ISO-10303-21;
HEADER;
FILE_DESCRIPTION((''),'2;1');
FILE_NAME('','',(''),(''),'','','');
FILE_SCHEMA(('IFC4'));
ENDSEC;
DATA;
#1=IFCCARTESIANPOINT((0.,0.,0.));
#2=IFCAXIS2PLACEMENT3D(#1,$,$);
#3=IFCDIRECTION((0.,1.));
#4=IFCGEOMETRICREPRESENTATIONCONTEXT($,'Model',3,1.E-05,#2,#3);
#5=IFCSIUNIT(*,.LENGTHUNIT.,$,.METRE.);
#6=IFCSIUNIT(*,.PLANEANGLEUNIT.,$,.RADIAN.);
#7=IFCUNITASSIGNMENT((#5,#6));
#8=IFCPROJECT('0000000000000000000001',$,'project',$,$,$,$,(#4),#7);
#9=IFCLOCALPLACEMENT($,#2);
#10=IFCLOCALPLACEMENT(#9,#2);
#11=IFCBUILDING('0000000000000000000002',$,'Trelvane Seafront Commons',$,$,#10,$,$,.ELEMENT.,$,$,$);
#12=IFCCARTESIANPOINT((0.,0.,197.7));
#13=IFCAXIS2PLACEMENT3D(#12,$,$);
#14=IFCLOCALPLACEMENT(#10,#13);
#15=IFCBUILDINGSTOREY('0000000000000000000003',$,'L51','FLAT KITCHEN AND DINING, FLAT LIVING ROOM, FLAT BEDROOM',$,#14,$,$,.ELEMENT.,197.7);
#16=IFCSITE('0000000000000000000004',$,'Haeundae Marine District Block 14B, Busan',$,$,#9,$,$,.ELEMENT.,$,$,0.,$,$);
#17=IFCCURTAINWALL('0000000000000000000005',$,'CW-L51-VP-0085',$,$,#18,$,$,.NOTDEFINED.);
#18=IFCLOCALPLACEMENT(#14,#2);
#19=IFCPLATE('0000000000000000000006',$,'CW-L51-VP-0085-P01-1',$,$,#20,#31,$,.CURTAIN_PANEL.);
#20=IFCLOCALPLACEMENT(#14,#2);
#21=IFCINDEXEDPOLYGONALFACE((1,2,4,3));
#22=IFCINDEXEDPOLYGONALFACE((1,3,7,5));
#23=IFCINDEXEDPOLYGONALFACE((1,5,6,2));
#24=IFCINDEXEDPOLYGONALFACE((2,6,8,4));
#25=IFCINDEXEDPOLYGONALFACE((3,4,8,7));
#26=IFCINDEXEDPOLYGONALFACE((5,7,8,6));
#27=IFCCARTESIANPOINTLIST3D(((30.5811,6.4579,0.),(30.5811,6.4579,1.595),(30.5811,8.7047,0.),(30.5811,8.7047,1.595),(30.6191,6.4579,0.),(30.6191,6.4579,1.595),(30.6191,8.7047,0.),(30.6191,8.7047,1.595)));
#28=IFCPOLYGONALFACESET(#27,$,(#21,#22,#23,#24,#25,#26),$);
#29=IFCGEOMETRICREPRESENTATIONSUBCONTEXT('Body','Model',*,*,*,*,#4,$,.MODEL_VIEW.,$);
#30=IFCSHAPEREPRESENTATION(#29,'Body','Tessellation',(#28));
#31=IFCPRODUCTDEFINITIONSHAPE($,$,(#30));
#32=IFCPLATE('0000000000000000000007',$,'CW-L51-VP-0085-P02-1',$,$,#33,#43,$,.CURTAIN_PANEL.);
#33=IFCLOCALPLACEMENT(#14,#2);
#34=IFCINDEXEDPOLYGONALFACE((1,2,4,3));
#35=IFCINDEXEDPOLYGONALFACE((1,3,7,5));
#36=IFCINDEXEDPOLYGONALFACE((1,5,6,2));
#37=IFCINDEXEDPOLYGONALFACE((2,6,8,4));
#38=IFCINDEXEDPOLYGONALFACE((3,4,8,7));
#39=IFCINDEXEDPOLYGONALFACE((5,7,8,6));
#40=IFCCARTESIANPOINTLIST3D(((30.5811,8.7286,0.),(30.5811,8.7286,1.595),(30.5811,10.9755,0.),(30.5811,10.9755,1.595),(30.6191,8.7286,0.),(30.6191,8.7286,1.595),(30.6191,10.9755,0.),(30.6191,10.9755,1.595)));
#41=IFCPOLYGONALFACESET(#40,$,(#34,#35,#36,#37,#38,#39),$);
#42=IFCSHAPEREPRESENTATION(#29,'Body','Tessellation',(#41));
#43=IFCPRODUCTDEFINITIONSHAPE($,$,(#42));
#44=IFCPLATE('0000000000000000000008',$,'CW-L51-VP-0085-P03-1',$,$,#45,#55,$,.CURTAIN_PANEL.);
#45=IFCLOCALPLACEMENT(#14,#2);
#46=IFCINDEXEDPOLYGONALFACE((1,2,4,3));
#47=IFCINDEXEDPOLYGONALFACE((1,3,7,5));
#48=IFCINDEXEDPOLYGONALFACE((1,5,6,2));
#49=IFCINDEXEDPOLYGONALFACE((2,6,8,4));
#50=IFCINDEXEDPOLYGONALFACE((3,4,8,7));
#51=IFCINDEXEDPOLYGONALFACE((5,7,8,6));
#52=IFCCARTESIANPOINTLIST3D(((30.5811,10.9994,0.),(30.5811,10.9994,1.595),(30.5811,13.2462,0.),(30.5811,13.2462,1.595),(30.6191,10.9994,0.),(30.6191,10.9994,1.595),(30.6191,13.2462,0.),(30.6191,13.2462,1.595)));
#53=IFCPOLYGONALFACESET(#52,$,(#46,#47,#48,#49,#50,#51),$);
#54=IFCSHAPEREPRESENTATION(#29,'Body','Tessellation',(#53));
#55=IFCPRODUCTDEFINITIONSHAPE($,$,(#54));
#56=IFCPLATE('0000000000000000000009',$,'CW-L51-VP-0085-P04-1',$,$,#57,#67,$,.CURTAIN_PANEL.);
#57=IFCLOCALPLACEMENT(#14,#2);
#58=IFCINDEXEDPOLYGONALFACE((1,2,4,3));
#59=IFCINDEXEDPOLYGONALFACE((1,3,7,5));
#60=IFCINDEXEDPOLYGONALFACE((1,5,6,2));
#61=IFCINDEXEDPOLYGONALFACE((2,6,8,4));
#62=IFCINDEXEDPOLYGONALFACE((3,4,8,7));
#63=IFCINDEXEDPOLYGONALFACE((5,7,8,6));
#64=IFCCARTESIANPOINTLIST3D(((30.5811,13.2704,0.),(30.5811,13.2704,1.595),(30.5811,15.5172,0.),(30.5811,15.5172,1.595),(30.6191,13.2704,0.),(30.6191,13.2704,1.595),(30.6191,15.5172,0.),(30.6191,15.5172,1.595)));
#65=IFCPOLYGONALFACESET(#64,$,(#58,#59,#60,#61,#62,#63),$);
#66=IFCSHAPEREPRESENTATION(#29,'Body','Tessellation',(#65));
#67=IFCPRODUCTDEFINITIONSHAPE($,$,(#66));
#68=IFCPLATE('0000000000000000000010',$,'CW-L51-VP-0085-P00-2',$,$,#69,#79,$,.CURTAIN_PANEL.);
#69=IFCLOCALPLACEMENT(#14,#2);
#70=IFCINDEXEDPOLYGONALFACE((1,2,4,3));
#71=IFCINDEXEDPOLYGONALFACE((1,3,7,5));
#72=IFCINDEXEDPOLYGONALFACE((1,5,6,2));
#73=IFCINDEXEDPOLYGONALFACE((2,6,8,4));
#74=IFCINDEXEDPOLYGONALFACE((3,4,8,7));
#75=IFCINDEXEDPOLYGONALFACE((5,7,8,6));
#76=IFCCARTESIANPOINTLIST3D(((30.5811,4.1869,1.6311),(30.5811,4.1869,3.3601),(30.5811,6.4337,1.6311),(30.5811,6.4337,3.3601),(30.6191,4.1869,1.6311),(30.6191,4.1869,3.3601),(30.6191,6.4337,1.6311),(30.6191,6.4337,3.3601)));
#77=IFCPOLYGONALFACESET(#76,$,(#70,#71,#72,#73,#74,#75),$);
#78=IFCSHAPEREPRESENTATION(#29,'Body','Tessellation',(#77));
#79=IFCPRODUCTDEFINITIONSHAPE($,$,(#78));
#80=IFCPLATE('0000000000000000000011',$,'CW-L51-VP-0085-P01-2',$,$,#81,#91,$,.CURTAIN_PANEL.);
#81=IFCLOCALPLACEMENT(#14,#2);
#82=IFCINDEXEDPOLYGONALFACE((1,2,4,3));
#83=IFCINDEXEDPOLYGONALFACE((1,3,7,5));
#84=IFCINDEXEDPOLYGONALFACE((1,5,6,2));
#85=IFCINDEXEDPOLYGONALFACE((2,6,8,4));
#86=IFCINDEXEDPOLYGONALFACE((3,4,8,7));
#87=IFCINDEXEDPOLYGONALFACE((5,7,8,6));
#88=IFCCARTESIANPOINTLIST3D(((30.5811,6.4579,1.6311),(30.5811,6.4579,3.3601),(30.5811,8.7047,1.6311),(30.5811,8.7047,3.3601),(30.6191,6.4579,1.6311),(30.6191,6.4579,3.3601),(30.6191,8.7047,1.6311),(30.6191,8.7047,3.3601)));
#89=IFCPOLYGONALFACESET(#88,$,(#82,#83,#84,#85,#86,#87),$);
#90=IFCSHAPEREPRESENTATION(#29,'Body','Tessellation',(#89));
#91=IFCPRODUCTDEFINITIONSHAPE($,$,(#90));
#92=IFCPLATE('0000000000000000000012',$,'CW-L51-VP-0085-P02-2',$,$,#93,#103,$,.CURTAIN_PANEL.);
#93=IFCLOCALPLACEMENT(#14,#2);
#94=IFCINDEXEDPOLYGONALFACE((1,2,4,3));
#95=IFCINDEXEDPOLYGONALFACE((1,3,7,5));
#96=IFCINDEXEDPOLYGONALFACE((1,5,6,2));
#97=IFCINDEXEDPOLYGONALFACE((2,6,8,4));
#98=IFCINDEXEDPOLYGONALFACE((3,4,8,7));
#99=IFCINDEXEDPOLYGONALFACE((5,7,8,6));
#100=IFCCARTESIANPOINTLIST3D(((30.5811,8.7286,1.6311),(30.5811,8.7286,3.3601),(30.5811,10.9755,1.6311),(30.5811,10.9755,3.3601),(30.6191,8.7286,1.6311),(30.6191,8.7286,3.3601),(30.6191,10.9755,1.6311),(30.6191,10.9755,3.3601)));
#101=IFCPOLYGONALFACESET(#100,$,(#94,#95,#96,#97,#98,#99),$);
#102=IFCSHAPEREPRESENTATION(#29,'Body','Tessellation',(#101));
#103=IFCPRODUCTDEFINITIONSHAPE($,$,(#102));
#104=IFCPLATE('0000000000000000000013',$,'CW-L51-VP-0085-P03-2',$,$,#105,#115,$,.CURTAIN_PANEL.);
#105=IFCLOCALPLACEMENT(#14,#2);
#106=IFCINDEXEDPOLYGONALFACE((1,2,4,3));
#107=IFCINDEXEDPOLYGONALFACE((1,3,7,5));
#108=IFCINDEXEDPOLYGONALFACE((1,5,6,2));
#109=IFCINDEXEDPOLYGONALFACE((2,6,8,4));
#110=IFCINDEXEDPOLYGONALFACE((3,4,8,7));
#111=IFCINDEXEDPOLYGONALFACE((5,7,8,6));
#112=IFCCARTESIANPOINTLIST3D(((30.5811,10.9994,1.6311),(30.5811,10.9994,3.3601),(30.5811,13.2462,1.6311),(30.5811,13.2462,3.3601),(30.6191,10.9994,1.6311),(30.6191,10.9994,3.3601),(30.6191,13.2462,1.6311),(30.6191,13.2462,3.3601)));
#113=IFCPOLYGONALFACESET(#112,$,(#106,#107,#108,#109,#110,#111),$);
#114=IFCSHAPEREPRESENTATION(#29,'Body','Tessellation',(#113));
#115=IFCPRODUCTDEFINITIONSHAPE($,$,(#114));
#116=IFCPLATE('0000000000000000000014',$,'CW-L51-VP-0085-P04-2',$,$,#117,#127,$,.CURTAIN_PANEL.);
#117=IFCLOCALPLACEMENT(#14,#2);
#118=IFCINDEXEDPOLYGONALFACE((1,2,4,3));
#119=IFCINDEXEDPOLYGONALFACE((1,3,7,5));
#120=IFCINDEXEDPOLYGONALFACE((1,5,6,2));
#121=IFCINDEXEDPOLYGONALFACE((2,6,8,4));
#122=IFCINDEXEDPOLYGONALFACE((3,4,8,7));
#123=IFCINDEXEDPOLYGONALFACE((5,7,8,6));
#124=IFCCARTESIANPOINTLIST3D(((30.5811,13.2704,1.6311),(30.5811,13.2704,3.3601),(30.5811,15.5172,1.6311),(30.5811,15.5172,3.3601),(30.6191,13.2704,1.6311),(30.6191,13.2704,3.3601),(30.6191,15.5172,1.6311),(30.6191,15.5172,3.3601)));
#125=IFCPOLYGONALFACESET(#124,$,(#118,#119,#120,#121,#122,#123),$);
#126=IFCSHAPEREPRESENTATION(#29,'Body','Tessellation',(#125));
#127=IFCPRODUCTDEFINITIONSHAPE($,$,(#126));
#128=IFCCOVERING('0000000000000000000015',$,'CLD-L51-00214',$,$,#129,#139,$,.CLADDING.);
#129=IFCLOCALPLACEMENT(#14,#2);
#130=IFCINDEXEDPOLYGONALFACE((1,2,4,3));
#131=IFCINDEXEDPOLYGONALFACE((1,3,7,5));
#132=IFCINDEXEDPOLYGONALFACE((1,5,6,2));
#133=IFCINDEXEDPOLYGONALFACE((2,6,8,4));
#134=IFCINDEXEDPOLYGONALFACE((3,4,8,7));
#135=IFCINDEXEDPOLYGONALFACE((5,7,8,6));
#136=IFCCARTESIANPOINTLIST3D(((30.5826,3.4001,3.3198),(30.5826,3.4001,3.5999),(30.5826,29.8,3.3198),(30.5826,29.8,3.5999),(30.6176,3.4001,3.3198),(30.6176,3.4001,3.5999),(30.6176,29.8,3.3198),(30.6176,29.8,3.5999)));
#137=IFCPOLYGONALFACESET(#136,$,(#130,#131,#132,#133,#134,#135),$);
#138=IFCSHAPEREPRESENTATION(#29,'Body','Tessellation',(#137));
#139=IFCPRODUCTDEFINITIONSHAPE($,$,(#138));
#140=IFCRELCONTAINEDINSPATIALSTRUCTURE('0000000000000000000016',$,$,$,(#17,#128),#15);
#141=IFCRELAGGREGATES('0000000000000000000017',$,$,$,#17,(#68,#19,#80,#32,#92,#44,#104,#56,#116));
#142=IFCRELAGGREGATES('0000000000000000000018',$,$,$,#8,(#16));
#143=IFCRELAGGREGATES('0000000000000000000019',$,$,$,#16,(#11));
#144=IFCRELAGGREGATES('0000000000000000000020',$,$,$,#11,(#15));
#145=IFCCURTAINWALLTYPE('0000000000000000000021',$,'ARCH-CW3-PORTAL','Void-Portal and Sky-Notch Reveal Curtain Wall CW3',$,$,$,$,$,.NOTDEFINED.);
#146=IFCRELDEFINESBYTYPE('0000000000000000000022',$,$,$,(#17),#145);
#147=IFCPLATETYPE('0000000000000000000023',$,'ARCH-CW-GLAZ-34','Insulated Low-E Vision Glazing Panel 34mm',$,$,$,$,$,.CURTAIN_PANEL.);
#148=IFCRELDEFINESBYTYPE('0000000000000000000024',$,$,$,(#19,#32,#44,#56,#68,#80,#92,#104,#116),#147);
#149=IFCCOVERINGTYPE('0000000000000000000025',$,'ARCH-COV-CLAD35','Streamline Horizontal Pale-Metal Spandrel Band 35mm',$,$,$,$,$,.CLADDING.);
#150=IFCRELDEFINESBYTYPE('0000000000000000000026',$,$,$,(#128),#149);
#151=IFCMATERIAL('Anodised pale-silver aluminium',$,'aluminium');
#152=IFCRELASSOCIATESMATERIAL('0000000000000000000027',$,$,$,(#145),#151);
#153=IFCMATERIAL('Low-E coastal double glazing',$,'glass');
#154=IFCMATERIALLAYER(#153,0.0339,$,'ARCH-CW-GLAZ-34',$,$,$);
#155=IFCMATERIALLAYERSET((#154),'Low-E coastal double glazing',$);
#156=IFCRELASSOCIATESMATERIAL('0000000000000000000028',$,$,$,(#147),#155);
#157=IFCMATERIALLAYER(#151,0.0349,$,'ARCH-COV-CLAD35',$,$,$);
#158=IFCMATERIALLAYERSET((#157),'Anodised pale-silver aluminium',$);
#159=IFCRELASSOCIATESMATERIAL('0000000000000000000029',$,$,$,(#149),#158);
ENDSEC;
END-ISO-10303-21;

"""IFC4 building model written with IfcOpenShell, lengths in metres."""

from ifc_helpers import new_model, si_unit, direction, frame, origin, origin_2d, place, context, subcontext, project, spatial, rectangle, extrude, source, transform, mapped, material, layer, layer_set, type_object, element, aggregate, save


model = new_model("IFC4")

# Units and contexts
model_context = context("Model", 3, precision=1e-05, world=origin(), true_north=direction((0.0, 1.0)))
body_context = subcontext(model_context, "Body", "Model", "MODEL_VIEW")
ifc_project = project(units=[si_unit("LENGTHUNIT", "METRE"), si_unit("PLANEANGLEUNIT", "RADIAN")], contexts=[model_context])

# Site, building, storey
site_placement = place(None, origin())
site = spatial("IfcSite", under=ifc_project, at=site_placement, Name="Haeundae Marine District Block 14B, Busan", CompositionType="ELEMENT", RefElevation=0.0)
building_placement = place(site_placement, origin())
building = spatial("IfcBuilding", under=site, at=building_placement, Name="Trelvane Seafront Commons", CompositionType="ELEMENT")
storey_placement = place(building_placement, frame((0.0, 0.0, 197.7)))
storey = spatial("IfcBuildingStorey", under=building, at=storey_placement, Name="L51", Description="FLAT KITCHEN AND DINING, FLAT LIVING ROOM, FLAT BEDROOM", CompositionType="ELEMENT", Elevation=197.7)

# Curtain wall
ifc_material_1 = material(Name="Anodised pale-silver aluminium", Category="aluminium")
curtain_wall_type = type_object("IfcCurtainWallType", Name="ARCH-CW3-PORTAL", Description="Void-Portal and Sky-Notch Reveal Curtain Wall CW3", PredefinedType="NOTDEFINED", material=ifc_material_1)
curtain_wall_placement = place(storey_placement, origin())
curtain_wall = element("IfcCurtainWall", 1, at=curtain_wall_placement, inside=storey, type_object=curtain_wall_type, Name="CW-L51-VP-0085", PredefinedType="NOTDEFINED")

# Plates
ifc_material_2 = material(Name="Low-E coastal double glazing", Category="glass")
ifc_layer_1 = layer(ifc_material_2, 0.0339, Name="ARCH-CW-GLAZ-34")
ifc_layer_set_1 = layer_set([ifc_layer_1], Name="Low-E coastal double glazing")
plate_type_1 = type_object("IfcPlateType", Name="ARCH-CW-GLAZ-34", Description="Insulated Low-E Vision Glazing Panel 34mm", PredefinedType="CURTAIN_PANEL", material=ifc_layer_set_1)
shared_shape_1 = source(origin(), body_context, "Body", "SweptSolid", [
    extrude(rectangle(XDim=2.2468, YDim=0.0381, at=origin_2d()), origin(), (0.0, 0.0, 1.0), 1.595),
])
plate_1_placement = place(storey_placement, frame((30.6001, 7.5813, 0.0), z_axis=(0.0, 0.0, 1.0), x_axis=(0.0, 1.0, 0.0)))
plate_1 = element("IfcPlate", 2, at=plate_1_placement, type_object=plate_type_1, Name="CW-L51-VP-0085-P01-1", PredefinedType="CURTAIN_PANEL", context=body_context, shape_type="MappedRepresentation", body=[
    mapped(shared_shape_1, transform((0.0, 0.0, 0.0), x_axis=(1.0, 0.0, 0.0), y_axis=(0.0, 1.0, 0.0), z_axis=(0.0, 0.0, 1.0), scale=1.0)),
])
plate_2_placement = place(storey_placement, frame((30.6001, 9.8521, 0.0), z_axis=(0.0, 0.0, 1.0), x_axis=(0.0, 1.0, 0.0)))
plate_2 = element("IfcPlate", 3, at=plate_2_placement, type_object=plate_type_1, Name="CW-L51-VP-0085-P02-1", PredefinedType="CURTAIN_PANEL", context=body_context, shape_type="MappedRepresentation", body=[
    mapped(shared_shape_1, transform((0.0, 0.0, 0.0), x_axis=(1.0, 0.0, 0.0), y_axis=(0.0, 1.0, 0.0), z_axis=(0.0, 0.0, 1.0), scale=1.0)),
])
plate_3_placement = place(storey_placement, frame((30.6001, 12.1228, 0.0), z_axis=(0.0, 0.0, 1.0), x_axis=(0.0, 1.0, 0.0)))
plate_3 = element("IfcPlate", 4, at=plate_3_placement, type_object=plate_type_1, Name="CW-L51-VP-0085-P03-1", PredefinedType="CURTAIN_PANEL", context=body_context, shape_type="MappedRepresentation", body=[
    mapped(shared_shape_1, transform((0.0, 0.0, 0.0), x_axis=(1.0, 0.0, 0.0), y_axis=(0.0, 1.0, 0.0), z_axis=(0.0, 0.0, 1.0), scale=1.0)),
])
plate_4_placement = place(storey_placement, frame((30.6001, 14.3938, 0.0), z_axis=(0.0, 0.0, 1.0), x_axis=(0.0, 1.0, 0.0)))
plate_4 = element("IfcPlate", 5, at=plate_4_placement, type_object=plate_type_1, Name="CW-L51-VP-0085-P04-1", PredefinedType="CURTAIN_PANEL", context=body_context, shape_type="MappedRepresentation", body=[
    mapped(shared_shape_1, transform((0.0, 0.0, 0.0), x_axis=(1.0, 0.0, 0.0), y_axis=(0.0, 1.0, 0.0), z_axis=(0.0, 0.0, 1.0), scale=1.0)),
])
shared_shape_2 = source(origin(), body_context, "Body", "SweptSolid", [
    extrude(rectangle(XDim=2.2468, YDim=0.0381, at=origin_2d()), origin(), (0.0, 0.0, 1.0), 1.729),
])
plate_5_placement = place(storey_placement, frame((30.6001, 5.3103, 1.6311), z_axis=(0.0, 0.0, 1.0), x_axis=(0.0, 1.0, 0.0)))
plate_5 = element("IfcPlate", 6, at=plate_5_placement, type_object=plate_type_1, Name="CW-L51-VP-0085-P00-2", PredefinedType="CURTAIN_PANEL", context=body_context, shape_type="MappedRepresentation", body=[
    mapped(shared_shape_2, transform((0.0, 0.0, 0.0), x_axis=(1.0, 0.0, 0.0), y_axis=(0.0, 1.0, 0.0), z_axis=(0.0, 0.0, 1.0), scale=1.0)),
])
plate_6_placement = place(storey_placement, frame((30.6001, 7.5813, 1.6311), z_axis=(0.0, 0.0, 1.0), x_axis=(0.0, 1.0, 0.0)))
plate_6 = element("IfcPlate", 7, at=plate_6_placement, type_object=plate_type_1, Name="CW-L51-VP-0085-P01-2", PredefinedType="CURTAIN_PANEL", context=body_context, shape_type="MappedRepresentation", body=[
    mapped(shared_shape_2, transform((0.0, 0.0, 0.0), x_axis=(1.0, 0.0, 0.0), y_axis=(0.0, 1.0, 0.0), z_axis=(0.0, 0.0, 1.0), scale=1.0)),
])
plate_7_placement = place(storey_placement, frame((30.6001, 9.8521, 1.6311), z_axis=(0.0, 0.0, 1.0), x_axis=(0.0, 1.0, 0.0)))
plate_7 = element("IfcPlate", 8, at=plate_7_placement, type_object=plate_type_1, Name="CW-L51-VP-0085-P02-2", PredefinedType="CURTAIN_PANEL", context=body_context, shape_type="MappedRepresentation", body=[
    mapped(shared_shape_2, transform((0.0, 0.0, 0.0), x_axis=(1.0, 0.0, 0.0), y_axis=(0.0, 1.0, 0.0), z_axis=(0.0, 0.0, 1.0), scale=1.0)),
])
plate_8_placement = place(storey_placement, frame((30.6001, 12.1228, 1.6311), z_axis=(0.0, 0.0, 1.0), x_axis=(0.0, 1.0, 0.0)))
plate_8 = element("IfcPlate", 9, at=plate_8_placement, type_object=plate_type_1, Name="CW-L51-VP-0085-P03-2", PredefinedType="CURTAIN_PANEL", context=body_context, shape_type="MappedRepresentation", body=[
    mapped(shared_shape_2, transform((0.0, 0.0, 0.0), x_axis=(1.0, 0.0, 0.0), y_axis=(0.0, 1.0, 0.0), z_axis=(0.0, 0.0, 1.0), scale=1.0)),
])
plate_9_placement = place(storey_placement, frame((30.6001, 14.3938, 1.6311), z_axis=(0.0, 0.0, 1.0), x_axis=(0.0, 1.0, 0.0)))
plate_9 = element("IfcPlate", 10, at=plate_9_placement, type_object=plate_type_1, Name="CW-L51-VP-0085-P04-2", PredefinedType="CURTAIN_PANEL", context=body_context, shape_type="MappedRepresentation", body=[
    mapped(shared_shape_2, transform((0.0, 0.0, 0.0), x_axis=(1.0, 0.0, 0.0), y_axis=(0.0, 1.0, 0.0), z_axis=(0.0, 0.0, 1.0), scale=1.0)),
])
aggregate(curtain_wall, [plate_5, plate_1, plate_6, plate_2, plate_7, plate_3, plate_8, plate_4, plate_9])

# Covering
ifc_layer_2 = layer(ifc_material_1, 0.0349, Name="ARCH-COV-CLAD35")
ifc_layer_set_2 = layer_set([ifc_layer_2], Name="Anodised pale-silver aluminium")
covering_type = type_object("IfcCoveringType", Name="ARCH-COV-CLAD35", Description="Streamline Horizontal Pale-Metal Spandrel Band 35mm", PredefinedType="CLADDING", material=ifc_layer_set_2)
shared_shape_3 = source(origin(), body_context, "Body", "SweptSolid", [
    extrude(rectangle(XDim=26.3999, YDim=0.0349, at=origin_2d()), origin(), (0.0, 0.0, 1.0), 0.28),
])
covering_placement = place(storey_placement, frame((30.6001, 16.6001, 3.3198), z_axis=(0.0, 0.0, 1.0), x_axis=(0.0, -1.0, 0.0)))
element("IfcCovering", 11, at=covering_placement, inside=storey, type_object=covering_type, Name="CLD-L51-00214", PredefinedType="CLADDING", context=body_context, shape_type="MappedRepresentation", body=[
    mapped(shared_shape_3, transform((0.0, 0.0, 0.0), x_axis=(1.0, 0.0, 0.0), y_axis=(0.0, 1.0, 0.0), z_axis=(0.0, 0.0, 1.0), scale=1.0)),
])

save(model, "model.ifc")
